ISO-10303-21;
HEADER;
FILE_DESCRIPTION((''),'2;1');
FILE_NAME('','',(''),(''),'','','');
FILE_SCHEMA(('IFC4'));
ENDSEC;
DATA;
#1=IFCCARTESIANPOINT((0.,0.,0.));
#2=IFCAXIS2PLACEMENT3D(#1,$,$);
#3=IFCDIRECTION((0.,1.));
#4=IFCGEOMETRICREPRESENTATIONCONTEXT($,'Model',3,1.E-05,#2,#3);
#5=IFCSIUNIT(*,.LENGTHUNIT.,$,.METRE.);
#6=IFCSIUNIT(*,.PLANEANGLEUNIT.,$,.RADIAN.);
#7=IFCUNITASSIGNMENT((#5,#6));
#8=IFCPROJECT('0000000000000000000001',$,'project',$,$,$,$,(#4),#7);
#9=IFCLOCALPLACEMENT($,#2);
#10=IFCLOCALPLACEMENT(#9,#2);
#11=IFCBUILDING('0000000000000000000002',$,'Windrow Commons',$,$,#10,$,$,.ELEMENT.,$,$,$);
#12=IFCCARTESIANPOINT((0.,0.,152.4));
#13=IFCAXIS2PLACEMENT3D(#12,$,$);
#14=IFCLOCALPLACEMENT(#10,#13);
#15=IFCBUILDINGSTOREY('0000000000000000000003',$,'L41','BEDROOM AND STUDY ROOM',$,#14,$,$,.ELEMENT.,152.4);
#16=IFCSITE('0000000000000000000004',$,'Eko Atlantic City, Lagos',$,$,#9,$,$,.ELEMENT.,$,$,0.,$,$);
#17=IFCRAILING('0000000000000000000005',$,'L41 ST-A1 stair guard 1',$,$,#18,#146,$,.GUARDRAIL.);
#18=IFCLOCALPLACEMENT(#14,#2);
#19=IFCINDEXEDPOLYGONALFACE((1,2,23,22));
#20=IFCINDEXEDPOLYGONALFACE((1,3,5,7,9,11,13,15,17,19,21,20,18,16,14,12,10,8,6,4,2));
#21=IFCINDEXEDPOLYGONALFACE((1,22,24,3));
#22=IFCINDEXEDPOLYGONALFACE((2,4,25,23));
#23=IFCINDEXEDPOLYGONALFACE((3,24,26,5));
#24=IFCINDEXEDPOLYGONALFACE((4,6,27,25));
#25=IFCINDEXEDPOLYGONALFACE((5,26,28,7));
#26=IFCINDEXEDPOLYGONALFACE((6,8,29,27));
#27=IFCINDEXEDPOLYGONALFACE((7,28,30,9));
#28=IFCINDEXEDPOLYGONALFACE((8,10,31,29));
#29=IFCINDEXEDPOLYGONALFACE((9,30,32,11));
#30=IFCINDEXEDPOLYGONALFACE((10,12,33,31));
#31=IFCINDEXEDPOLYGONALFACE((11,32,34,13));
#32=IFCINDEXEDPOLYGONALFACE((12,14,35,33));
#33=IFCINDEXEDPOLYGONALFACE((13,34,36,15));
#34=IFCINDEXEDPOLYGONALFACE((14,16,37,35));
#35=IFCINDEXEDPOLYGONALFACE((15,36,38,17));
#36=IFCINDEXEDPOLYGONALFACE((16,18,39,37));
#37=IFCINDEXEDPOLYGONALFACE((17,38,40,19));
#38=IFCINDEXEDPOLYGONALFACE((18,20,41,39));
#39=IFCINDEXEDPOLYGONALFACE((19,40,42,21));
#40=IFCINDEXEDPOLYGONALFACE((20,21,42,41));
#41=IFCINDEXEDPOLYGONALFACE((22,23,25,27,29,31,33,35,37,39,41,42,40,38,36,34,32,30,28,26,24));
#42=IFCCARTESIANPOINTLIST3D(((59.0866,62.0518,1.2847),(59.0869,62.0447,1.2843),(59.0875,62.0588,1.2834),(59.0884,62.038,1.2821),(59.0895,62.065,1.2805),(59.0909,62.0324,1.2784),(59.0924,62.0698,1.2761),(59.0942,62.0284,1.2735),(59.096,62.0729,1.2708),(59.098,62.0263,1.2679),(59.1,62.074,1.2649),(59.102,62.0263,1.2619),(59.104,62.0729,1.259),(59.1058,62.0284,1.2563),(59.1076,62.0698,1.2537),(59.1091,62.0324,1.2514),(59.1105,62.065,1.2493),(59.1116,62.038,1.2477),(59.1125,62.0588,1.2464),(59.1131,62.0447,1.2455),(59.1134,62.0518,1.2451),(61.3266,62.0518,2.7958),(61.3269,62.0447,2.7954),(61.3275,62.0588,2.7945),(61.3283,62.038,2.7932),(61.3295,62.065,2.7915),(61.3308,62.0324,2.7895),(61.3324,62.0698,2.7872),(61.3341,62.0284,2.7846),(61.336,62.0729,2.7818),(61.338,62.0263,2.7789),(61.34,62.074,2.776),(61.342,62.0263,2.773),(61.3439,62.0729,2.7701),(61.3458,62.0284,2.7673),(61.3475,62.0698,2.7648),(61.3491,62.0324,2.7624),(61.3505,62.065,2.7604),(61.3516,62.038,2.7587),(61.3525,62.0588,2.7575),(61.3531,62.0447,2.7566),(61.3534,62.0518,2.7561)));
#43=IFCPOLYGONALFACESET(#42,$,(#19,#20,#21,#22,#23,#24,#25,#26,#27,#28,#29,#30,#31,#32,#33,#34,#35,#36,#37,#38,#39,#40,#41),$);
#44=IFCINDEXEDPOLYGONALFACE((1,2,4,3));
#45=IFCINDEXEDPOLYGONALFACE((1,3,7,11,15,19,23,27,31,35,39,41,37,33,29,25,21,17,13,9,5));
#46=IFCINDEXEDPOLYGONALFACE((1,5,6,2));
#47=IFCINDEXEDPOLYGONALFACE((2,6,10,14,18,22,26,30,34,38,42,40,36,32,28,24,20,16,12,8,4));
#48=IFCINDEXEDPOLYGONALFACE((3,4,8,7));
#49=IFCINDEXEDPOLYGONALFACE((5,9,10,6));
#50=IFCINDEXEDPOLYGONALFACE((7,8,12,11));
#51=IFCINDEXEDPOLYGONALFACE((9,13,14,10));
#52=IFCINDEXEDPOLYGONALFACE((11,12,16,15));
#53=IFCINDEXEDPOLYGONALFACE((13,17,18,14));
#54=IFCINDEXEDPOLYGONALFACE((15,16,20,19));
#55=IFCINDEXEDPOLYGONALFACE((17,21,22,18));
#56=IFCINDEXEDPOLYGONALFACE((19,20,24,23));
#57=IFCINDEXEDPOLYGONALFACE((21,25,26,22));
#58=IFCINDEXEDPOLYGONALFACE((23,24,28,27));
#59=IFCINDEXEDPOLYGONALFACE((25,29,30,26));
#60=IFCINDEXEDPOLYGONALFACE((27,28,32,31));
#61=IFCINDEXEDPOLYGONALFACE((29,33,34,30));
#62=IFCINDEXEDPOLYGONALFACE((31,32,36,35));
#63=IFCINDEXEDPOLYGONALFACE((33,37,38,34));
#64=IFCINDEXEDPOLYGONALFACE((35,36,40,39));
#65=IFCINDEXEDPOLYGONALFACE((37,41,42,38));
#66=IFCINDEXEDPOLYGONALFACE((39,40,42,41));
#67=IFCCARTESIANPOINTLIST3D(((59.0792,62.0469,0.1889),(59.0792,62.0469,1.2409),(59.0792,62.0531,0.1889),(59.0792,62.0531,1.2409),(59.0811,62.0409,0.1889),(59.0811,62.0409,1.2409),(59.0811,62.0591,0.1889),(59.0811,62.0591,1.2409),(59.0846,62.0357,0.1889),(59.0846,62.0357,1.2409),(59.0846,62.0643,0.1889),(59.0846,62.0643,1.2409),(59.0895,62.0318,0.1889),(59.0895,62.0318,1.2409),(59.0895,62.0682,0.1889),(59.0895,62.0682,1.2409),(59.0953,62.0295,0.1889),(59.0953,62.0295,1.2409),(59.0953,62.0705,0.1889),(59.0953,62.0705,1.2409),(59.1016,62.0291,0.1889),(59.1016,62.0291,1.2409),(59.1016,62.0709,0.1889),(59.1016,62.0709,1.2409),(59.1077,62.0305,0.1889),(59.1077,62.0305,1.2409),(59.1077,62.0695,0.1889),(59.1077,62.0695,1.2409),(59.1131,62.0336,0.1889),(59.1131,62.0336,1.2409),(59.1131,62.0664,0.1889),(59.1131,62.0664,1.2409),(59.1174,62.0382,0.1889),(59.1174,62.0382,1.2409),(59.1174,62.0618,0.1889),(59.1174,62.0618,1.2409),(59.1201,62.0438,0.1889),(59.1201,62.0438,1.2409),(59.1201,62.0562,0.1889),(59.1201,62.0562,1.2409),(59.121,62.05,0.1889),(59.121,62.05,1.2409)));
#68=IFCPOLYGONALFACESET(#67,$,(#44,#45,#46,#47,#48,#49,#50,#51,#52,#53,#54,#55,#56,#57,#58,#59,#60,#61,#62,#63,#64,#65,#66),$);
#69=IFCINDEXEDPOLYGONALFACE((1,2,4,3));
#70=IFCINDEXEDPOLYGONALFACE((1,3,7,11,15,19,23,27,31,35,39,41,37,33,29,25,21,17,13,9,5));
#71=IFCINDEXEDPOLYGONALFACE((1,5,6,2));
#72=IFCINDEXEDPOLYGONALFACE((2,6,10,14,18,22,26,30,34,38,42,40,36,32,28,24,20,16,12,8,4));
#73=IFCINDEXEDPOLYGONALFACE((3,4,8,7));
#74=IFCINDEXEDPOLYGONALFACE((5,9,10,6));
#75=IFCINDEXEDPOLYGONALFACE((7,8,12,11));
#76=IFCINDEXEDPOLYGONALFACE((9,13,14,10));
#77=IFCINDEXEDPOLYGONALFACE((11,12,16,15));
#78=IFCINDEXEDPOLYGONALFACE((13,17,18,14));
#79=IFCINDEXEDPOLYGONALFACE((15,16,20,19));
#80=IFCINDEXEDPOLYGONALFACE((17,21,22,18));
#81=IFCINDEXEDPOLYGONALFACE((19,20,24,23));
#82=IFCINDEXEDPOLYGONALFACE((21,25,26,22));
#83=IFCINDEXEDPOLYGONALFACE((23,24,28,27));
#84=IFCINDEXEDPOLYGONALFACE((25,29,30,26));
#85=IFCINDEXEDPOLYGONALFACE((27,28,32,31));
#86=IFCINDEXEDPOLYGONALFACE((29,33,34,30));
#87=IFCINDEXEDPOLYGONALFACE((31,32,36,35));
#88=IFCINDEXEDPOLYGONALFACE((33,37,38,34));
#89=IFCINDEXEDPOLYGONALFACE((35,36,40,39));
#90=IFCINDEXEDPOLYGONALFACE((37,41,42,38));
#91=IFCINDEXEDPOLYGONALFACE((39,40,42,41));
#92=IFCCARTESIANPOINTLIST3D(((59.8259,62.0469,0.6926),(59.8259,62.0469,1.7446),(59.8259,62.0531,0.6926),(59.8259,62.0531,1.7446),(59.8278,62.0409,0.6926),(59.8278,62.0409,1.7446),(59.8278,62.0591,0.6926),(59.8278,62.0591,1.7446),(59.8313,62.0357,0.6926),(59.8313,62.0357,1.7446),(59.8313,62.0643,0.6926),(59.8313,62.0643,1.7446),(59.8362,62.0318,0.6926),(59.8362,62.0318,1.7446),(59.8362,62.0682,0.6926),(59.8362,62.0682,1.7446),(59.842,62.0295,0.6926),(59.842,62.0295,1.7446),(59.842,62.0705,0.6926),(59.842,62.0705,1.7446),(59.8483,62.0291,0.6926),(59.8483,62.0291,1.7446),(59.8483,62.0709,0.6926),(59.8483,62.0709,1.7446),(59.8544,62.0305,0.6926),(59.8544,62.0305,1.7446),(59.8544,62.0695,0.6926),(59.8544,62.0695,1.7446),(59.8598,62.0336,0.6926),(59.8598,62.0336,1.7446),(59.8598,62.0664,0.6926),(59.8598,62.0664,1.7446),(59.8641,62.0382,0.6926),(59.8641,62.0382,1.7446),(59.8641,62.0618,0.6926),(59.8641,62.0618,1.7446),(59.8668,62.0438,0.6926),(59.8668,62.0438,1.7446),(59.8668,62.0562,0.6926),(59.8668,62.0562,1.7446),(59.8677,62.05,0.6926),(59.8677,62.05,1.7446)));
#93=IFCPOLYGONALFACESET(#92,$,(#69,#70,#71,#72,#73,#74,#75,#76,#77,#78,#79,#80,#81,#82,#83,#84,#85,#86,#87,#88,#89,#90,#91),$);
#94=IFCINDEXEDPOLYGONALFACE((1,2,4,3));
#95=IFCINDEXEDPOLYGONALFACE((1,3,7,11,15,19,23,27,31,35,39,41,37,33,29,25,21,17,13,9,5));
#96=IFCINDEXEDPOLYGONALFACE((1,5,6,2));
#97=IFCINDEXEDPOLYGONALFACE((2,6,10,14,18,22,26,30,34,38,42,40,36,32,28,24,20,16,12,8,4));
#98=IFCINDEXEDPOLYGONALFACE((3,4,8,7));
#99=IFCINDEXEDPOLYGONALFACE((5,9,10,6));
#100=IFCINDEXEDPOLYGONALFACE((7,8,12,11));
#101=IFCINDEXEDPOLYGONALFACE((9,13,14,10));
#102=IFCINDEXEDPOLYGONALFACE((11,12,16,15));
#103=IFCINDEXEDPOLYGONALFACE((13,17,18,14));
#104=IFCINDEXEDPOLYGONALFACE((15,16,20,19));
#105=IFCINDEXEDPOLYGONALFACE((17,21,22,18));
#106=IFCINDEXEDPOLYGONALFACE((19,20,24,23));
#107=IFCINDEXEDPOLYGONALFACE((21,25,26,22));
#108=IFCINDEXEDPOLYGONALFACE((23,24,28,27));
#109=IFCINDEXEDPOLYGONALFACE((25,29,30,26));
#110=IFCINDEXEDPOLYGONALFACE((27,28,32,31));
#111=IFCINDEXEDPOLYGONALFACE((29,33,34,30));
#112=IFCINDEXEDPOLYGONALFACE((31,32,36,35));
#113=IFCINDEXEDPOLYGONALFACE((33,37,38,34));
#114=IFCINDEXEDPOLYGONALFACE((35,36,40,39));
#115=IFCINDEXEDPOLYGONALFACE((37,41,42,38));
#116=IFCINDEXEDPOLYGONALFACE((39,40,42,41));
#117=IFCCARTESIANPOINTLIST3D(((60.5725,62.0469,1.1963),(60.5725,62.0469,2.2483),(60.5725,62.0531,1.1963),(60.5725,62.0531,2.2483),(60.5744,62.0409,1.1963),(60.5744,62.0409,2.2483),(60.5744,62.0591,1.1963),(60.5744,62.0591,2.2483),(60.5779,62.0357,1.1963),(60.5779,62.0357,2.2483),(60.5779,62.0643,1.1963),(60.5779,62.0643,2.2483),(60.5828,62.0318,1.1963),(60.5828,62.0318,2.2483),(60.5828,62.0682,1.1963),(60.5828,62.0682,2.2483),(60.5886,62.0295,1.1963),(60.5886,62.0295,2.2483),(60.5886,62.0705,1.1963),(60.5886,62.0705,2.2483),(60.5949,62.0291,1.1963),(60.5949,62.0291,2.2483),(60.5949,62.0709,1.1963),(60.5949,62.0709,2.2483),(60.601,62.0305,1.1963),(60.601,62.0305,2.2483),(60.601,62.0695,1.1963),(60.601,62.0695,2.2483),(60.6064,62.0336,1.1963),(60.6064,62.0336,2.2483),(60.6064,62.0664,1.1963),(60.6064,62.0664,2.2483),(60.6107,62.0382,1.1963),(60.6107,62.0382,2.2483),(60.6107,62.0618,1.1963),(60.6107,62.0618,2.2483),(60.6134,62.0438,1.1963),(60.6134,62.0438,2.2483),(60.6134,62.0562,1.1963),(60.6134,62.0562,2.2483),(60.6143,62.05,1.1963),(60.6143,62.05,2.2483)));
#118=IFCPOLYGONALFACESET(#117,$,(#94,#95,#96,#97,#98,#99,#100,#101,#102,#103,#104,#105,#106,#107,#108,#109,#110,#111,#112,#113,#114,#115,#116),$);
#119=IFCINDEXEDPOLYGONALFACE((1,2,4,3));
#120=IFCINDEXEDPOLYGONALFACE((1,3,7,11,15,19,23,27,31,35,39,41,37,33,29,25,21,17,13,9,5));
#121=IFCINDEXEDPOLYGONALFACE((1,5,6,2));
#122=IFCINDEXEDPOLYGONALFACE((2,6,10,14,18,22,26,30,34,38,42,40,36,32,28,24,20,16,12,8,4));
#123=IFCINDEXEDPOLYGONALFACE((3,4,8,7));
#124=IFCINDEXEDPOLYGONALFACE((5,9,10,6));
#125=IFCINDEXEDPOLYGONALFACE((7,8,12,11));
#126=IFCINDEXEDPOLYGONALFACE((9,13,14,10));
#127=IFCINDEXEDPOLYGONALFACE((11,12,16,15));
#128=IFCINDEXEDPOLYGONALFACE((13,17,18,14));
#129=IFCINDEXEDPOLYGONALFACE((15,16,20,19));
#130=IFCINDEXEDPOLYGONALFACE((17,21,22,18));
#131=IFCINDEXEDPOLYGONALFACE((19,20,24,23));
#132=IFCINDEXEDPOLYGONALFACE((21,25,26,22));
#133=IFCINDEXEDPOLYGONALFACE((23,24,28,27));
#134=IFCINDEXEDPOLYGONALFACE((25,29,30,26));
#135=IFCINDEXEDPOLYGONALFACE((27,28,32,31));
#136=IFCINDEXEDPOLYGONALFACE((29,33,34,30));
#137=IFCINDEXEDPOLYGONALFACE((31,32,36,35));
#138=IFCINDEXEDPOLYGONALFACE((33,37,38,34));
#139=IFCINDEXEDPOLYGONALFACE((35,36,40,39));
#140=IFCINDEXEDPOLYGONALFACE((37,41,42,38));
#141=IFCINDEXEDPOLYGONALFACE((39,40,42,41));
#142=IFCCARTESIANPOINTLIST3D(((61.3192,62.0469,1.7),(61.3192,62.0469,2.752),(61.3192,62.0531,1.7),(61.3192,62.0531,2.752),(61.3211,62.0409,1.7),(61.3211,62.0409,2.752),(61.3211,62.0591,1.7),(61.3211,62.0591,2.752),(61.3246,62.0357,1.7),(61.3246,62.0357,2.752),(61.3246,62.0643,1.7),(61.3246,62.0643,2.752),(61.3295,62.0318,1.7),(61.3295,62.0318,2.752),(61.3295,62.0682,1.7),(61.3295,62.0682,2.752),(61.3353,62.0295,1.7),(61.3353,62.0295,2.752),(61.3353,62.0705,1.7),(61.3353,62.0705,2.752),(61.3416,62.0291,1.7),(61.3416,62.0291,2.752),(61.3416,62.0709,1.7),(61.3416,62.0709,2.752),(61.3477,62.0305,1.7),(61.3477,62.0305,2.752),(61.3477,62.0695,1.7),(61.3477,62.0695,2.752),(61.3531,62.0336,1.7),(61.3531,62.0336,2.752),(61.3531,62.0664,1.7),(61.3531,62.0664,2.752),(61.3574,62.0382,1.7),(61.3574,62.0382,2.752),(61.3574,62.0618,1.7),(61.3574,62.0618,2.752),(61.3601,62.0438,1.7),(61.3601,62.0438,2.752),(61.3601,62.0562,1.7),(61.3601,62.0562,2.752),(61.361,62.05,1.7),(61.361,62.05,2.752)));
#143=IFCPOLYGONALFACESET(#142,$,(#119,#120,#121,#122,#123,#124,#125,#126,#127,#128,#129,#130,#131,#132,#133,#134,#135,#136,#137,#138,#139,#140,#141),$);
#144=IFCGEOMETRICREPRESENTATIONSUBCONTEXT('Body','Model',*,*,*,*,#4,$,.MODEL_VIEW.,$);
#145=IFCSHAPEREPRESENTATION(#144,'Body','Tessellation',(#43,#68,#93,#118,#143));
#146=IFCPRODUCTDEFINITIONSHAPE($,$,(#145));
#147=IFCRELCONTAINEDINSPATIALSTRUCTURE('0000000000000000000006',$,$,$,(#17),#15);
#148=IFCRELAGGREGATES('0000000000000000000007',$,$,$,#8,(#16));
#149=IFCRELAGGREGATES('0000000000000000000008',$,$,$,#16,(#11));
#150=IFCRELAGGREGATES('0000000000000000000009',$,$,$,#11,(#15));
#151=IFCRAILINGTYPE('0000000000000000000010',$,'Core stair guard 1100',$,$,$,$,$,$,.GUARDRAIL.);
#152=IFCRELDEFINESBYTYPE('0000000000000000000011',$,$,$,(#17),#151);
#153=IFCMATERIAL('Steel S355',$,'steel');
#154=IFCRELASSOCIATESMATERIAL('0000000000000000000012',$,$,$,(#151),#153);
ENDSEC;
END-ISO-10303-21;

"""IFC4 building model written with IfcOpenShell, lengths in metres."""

from ifc_helpers import new_model, si_unit, direction, frame, origin, origin_2d, place, context, subcontext, project, spatial, circle, extrude, material, type_object, element, save


model = new_model("IFC4")

# Units and contexts
model_context = context("Model", 3, precision=1e-05, world=origin(), true_north=direction((0.0, 1.0)))
body_context = subcontext(model_context, "Body", "Model", "MODEL_VIEW")
ifc_project = project(units=[si_unit("LENGTHUNIT", "METRE"), si_unit("PLANEANGLEUNIT", "RADIAN")], contexts=[model_context])

# Site, building, storey
site_placement = place(None, origin())
site = spatial("IfcSite", under=ifc_project, at=site_placement, Name="Eko Atlantic City, Lagos", CompositionType="ELEMENT", RefElevation=0.0)
building_placement = place(site_placement, origin())
building = spatial("IfcBuilding", under=site, at=building_placement, Name="Windrow Commons", CompositionType="ELEMENT")
storey_placement = place(building_placement, frame((0.0, 0.0, 152.4)))
storey = spatial("IfcBuildingStorey", under=building, at=storey_placement, Name="L41", Description="BEDROOM AND STUDY ROOM", CompositionType="ELEMENT", Elevation=152.4)

# Railing
ifc_material_1 = material(Name="Steel S355", Category="steel")
railing_type_1 = type_object("IfcRailingType", Name="Core stair guard 1100", PredefinedType="GUARDRAIL", material=ifc_material_1)
railing_1_placement = place(storey_placement, frame((59.1, 62.05, 0.1889)))
element("IfcRailing", 1, at=railing_1_placement, inside=storey, type_object=railing_type_1, Name="L41 ST-A1 stair guard 1", PredefinedType="GUARDRAIL", context=body_context, shape_type="SweptSolid", body=[
    extrude(circle(Radius=0.024, at=origin_2d()), frame((0.0, 0.0, 1.076), z_axis=(0.829003, 0.0, 0.559244), x_axis=(0.0, 1.0, 0.0)), (0.0, 0.0, 1.0), 2.702),
    extrude(circle(Radius=0.021, at=origin_2d()), origin(), (0.0, 0.0, 1.0), 1.052),
    extrude(circle(Radius=0.021, at=origin_2d()), frame((0.7467, 0.0, 0.5037)), (0.0, 0.0, 1.0), 1.052),
    extrude(circle(Radius=0.021, at=origin_2d()), frame((1.4933, 0.0, 1.0074)), (0.0, 0.0, 1.0), 1.052),
    extrude(circle(Radius=0.021, at=origin_2d()), frame((2.24, 0.0, 1.5111)), (0.0, 0.0, 1.0), 1.052),
])

save(model, "model.ifc")
